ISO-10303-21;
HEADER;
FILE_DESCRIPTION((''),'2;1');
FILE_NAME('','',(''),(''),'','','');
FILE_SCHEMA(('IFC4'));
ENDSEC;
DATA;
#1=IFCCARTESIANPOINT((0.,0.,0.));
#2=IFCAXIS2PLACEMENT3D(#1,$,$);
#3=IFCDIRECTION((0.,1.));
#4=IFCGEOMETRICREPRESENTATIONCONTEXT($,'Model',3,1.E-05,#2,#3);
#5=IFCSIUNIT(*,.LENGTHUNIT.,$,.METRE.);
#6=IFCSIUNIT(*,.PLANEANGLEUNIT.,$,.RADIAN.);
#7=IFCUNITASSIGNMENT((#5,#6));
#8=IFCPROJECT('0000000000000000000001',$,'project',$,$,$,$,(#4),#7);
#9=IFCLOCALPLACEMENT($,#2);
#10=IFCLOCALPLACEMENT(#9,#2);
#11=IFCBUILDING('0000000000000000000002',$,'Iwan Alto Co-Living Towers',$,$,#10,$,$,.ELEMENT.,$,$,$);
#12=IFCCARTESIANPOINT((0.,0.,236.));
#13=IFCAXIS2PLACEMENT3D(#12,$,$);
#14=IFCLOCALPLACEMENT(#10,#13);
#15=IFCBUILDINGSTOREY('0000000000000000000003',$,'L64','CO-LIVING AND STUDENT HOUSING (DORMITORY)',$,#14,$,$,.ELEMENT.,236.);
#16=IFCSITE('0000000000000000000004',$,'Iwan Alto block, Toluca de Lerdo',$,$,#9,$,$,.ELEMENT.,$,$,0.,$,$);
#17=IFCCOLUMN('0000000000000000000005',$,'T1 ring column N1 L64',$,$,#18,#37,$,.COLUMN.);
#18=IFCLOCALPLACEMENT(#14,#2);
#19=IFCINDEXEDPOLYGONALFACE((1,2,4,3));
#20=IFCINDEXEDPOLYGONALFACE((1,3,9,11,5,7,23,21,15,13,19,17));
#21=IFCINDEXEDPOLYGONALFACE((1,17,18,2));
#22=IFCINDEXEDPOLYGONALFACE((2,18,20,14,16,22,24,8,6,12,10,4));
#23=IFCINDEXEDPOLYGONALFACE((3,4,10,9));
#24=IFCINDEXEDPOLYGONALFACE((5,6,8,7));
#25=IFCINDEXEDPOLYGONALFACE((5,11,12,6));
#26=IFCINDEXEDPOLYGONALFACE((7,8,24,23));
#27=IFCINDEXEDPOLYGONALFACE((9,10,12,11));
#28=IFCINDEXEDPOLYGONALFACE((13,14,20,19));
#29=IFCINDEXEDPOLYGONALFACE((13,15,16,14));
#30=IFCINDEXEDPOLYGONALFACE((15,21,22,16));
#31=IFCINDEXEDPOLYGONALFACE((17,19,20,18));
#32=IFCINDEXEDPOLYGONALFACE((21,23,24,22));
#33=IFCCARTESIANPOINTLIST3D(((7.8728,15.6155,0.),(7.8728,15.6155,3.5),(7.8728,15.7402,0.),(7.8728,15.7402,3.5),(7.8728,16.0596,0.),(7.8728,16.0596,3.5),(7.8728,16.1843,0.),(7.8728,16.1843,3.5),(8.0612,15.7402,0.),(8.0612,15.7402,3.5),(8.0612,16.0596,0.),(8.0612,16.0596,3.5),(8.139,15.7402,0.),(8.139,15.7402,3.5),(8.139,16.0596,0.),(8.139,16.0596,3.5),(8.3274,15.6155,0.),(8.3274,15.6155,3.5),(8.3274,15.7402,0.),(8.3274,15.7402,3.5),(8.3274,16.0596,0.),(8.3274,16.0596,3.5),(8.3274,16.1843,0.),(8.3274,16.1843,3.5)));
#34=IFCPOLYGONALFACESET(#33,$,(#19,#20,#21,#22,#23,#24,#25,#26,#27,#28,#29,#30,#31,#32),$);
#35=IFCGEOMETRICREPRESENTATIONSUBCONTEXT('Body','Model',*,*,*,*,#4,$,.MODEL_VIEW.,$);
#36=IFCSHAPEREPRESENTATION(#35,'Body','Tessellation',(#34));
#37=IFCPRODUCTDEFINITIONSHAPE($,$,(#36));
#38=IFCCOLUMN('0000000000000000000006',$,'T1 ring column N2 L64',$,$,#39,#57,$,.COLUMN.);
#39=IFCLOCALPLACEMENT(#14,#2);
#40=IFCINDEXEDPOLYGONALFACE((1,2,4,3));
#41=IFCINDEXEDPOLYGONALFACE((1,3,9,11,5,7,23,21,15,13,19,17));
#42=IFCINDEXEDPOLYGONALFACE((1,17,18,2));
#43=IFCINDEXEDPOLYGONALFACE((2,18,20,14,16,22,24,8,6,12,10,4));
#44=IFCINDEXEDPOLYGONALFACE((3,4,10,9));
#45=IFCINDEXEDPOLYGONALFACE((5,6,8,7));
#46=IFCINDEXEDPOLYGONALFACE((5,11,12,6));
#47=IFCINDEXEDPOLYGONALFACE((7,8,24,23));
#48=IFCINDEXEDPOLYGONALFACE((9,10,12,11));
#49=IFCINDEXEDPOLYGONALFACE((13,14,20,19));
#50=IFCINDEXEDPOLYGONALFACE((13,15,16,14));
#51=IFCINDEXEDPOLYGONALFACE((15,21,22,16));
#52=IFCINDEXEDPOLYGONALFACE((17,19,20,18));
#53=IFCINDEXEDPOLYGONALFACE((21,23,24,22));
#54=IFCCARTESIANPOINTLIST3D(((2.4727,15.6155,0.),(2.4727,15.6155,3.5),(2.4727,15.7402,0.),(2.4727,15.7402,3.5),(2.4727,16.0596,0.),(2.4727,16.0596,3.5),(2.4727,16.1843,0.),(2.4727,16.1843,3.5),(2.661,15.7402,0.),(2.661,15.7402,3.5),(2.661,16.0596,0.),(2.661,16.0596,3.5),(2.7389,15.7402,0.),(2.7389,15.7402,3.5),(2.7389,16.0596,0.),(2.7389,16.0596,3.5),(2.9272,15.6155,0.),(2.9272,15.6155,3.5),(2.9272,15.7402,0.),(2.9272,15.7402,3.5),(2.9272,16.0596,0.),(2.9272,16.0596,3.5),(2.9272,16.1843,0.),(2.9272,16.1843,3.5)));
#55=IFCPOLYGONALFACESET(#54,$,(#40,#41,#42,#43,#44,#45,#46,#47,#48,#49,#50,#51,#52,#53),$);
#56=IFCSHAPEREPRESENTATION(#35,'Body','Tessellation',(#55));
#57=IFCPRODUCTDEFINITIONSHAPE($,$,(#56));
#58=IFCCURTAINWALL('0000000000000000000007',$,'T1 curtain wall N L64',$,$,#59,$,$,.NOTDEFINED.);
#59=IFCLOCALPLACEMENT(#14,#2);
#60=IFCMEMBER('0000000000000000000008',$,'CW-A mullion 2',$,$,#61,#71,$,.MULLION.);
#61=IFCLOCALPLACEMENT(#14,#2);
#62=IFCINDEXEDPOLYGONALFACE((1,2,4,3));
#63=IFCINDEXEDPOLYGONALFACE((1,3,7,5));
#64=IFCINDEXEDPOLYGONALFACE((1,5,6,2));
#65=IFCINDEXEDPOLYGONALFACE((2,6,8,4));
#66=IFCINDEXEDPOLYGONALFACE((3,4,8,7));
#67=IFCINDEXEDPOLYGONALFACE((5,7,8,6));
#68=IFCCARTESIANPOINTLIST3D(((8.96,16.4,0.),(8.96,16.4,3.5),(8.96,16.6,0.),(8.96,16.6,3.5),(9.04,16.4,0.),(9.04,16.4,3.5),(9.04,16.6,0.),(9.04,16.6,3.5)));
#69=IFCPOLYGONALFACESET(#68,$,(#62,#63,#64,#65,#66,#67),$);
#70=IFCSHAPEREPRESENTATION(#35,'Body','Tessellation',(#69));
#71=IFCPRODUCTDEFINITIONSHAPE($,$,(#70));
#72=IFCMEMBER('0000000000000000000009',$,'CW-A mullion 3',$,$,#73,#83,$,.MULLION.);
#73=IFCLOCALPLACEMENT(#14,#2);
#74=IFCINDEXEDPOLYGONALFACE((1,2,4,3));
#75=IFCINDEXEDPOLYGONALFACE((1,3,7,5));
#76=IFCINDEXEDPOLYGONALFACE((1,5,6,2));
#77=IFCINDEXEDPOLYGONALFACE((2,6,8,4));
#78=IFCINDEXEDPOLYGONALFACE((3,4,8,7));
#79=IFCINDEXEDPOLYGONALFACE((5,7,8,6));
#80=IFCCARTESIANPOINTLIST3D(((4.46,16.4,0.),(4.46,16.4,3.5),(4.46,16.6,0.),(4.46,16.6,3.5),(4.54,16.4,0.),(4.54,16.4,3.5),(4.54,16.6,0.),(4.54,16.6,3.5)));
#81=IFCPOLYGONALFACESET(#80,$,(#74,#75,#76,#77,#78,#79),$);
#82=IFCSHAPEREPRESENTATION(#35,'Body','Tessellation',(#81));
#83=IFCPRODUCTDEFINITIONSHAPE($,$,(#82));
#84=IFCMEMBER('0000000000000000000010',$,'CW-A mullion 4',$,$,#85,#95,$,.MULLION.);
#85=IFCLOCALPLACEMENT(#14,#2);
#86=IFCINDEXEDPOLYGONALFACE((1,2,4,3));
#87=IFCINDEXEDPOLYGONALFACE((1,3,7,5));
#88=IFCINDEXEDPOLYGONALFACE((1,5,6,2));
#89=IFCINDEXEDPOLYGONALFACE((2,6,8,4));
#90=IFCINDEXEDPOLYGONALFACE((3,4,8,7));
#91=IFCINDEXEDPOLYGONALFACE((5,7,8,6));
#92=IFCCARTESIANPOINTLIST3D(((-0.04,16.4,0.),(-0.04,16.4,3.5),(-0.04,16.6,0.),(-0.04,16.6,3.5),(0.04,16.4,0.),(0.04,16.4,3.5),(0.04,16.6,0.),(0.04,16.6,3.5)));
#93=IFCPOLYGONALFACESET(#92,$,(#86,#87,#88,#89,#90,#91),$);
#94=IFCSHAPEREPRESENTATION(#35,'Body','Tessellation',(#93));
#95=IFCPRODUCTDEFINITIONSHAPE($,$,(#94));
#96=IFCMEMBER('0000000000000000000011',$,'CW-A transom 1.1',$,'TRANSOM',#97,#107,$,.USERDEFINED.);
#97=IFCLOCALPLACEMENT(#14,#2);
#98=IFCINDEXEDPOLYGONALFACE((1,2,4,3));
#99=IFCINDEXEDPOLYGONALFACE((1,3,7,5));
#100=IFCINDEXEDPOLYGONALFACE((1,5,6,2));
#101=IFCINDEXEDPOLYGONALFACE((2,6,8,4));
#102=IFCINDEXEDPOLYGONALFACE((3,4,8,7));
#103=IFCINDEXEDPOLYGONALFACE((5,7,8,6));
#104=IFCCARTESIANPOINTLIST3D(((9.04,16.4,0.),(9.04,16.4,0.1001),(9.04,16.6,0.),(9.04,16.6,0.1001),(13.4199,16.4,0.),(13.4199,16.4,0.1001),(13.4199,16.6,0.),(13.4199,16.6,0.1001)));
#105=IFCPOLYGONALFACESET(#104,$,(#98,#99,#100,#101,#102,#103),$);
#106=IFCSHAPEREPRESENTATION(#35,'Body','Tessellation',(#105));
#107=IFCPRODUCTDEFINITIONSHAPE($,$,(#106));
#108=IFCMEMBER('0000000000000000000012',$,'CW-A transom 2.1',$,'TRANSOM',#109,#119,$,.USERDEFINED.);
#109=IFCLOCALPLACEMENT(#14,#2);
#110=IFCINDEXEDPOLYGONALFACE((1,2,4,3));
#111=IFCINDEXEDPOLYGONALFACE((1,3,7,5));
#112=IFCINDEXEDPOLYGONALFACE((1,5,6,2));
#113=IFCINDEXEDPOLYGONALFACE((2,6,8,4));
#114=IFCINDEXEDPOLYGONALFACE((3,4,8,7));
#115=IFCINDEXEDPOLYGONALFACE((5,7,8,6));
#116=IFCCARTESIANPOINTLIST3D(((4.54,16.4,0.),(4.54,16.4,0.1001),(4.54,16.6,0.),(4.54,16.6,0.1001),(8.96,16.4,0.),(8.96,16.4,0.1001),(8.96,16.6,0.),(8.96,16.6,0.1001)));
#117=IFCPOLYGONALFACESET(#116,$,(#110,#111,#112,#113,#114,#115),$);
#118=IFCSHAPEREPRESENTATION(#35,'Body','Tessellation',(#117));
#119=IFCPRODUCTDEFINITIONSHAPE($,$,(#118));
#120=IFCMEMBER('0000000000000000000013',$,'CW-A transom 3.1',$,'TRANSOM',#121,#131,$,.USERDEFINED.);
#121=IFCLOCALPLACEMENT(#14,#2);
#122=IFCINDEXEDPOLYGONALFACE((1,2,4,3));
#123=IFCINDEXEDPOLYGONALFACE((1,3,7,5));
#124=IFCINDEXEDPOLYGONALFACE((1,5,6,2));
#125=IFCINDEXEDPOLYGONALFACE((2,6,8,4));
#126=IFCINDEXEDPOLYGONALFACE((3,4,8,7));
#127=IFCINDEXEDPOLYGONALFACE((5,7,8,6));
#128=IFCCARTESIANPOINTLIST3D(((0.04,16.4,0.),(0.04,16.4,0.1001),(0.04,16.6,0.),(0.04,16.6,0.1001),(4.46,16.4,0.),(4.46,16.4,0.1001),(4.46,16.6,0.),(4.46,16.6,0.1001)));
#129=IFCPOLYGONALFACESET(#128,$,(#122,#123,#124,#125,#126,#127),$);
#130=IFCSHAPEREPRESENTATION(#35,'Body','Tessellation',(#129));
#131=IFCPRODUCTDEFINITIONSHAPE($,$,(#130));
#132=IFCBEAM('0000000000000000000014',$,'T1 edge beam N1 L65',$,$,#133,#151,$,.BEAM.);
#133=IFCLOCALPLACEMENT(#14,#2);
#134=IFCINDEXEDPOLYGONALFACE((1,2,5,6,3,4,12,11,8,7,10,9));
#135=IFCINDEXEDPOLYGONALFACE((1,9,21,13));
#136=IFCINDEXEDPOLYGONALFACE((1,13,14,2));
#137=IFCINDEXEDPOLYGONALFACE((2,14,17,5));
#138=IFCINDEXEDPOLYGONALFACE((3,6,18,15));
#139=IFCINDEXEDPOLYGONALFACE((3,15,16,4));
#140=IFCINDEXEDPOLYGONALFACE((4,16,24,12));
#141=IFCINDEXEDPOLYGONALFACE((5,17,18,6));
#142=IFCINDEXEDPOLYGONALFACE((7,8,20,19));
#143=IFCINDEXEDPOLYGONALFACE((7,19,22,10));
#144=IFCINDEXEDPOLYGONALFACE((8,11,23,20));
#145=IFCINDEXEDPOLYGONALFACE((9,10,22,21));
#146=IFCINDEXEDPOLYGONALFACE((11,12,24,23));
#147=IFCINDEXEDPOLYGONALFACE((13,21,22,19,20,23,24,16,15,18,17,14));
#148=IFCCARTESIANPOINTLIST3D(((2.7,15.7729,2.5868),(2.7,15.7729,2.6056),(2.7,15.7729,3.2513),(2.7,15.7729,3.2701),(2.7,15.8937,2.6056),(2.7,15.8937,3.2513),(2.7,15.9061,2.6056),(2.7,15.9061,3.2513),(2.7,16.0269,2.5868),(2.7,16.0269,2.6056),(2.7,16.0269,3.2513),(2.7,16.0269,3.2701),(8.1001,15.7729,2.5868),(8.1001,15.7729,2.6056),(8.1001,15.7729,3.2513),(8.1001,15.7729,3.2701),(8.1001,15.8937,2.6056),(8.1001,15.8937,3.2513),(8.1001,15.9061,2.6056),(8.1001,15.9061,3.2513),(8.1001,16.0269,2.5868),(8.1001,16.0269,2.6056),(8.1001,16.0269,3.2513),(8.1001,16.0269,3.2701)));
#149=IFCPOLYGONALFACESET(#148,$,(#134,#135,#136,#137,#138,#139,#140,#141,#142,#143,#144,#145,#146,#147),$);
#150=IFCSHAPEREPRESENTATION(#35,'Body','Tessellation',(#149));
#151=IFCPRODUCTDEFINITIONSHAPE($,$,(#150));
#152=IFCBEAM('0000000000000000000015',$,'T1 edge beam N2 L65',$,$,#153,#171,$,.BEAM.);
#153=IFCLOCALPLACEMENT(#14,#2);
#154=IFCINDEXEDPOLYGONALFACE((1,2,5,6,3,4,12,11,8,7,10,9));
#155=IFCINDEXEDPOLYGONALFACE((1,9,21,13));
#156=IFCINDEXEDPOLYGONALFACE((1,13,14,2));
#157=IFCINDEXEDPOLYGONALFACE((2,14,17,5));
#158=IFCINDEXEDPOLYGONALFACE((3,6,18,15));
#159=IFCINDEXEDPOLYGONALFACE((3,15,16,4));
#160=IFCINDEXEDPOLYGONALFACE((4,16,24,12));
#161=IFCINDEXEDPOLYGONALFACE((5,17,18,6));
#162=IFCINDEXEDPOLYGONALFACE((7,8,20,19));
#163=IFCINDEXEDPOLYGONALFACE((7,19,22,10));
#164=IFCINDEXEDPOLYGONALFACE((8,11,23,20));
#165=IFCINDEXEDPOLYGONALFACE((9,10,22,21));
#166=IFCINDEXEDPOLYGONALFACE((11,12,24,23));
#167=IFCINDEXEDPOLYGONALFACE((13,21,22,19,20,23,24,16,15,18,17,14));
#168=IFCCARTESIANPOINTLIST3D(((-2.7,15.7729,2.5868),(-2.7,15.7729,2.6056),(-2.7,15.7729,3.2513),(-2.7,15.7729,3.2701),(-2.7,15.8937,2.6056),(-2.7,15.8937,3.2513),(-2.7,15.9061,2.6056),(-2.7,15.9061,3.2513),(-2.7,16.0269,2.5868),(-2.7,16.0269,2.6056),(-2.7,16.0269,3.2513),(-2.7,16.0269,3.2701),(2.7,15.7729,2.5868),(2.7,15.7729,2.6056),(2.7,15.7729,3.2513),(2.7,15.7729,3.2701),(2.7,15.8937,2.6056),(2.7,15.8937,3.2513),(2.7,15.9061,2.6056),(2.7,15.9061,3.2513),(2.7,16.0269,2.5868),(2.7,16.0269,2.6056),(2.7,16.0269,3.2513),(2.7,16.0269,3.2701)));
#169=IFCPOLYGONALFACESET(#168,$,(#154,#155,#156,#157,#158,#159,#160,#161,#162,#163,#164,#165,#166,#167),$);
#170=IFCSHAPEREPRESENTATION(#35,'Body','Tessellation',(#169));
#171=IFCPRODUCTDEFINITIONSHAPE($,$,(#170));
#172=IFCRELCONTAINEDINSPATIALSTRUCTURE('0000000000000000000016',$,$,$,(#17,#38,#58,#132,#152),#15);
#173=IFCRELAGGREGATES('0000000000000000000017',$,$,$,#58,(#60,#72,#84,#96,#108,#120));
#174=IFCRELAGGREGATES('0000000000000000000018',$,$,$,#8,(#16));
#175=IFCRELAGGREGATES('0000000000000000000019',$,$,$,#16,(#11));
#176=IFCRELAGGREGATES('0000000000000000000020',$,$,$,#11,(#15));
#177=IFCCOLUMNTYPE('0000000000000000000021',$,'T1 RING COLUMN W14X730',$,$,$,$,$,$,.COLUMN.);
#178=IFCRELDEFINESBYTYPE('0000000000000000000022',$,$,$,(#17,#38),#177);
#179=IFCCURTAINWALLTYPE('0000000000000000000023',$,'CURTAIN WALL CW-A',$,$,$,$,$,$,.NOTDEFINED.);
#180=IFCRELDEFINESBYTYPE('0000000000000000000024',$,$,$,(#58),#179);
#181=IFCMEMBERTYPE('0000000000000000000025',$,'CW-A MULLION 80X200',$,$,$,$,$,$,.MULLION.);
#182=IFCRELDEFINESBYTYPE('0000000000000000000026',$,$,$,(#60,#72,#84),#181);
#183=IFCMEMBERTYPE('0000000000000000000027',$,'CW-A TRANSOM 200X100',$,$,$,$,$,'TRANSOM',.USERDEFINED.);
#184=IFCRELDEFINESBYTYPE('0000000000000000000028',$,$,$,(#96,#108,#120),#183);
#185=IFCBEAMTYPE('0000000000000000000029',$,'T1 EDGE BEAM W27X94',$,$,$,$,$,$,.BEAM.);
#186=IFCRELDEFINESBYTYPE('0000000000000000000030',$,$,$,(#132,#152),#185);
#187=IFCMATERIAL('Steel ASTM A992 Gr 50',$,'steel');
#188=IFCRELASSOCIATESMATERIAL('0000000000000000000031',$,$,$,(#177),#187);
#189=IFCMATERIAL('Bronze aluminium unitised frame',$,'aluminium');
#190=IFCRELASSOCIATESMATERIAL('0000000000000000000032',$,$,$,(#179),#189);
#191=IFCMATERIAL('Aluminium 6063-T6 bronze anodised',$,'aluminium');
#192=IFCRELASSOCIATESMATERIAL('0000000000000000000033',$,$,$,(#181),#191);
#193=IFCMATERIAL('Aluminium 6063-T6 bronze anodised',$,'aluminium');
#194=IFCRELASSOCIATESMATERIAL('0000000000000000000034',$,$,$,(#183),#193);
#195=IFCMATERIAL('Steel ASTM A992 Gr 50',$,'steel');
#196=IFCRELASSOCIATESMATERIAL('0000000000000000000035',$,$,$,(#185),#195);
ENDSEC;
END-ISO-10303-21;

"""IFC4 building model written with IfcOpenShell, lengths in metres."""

from ifc_helpers import new_model, si_unit, direction, frame, origin, origin_2d, place, context, subcontext, project, spatial, rectangle, i_section, extrude, material, material_profile, profile_set, type_object, element, aggregate, save


model = new_model("IFC4")

# Units and contexts
model_context = context("Model", 3, precision=1e-05, world=origin(), true_north=direction((0.0, 1.0)))
body_context = subcontext(model_context, "Body", "Model", "MODEL_VIEW")
ifc_project = project(units=[si_unit("LENGTHUNIT", "METRE"), si_unit("PLANEANGLEUNIT", "RADIAN")], contexts=[model_context])

# Site, building, storey
site_placement = place(None, origin())
site = spatial("IfcSite", under=ifc_project, at=site_placement, Name="Iwan Alto block, Toluca de Lerdo", CompositionType="ELEMENT", RefElevation=0.0)
building_placement = place(site_placement, origin())
building = spatial("IfcBuilding", under=site, at=building_placement, Name="Iwan Alto Co-Living Towers", CompositionType="ELEMENT")
storey_placement = place(building_placement, frame((0.0, 0.0, 236.0)))
storey = spatial("IfcBuildingStorey", under=building, at=storey_placement, Name="L64", Description="CO-LIVING AND STUDENT HOUSING (DORMITORY)", CompositionType="ELEMENT", Elevation=236.0)

# Columns
ifc_material_1 = material(Name="Steel ASTM A992 Gr 50", Category="steel")
ifc_material_profile_1 = material_profile(ifc_material_1, i_section(OverallWidth=0.4546, OverallDepth=0.5688, WebThickness=0.0779, FlangeThickness=0.1248, at=origin_2d()), Name="W14X730")
ifc_profile_set_1 = profile_set([ifc_material_profile_1], Name="Steel ASTM A992 Gr 50")
column_type = type_object("IfcColumnType", Name="T1 RING COLUMN W14X730", PredefinedType="COLUMN", material=ifc_profile_set_1)
for number, where, z_axis, x_axis, name in (
    (1, (8.1001, 15.8999, 0.0), (0.0, 0.0, 1.0), (1.0, 0.0, 0.0), "T1 ring column N1 L64"),
    (2, (2.7, 15.8999, 0.0), (0.0, 0.0, 1.0), (1.0, 0.0, 0.0), "T1 ring column N2 L64"),
):
    element("IfcColumn", number, at=place(storey_placement, frame(where, z_axis=z_axis, x_axis=x_axis)), inside=storey, type_object=column_type, Name=name, PredefinedType="COLUMN", context=body_context, shape_type="SweptSolid", body=[
        extrude(i_section(OverallWidth=0.4546, OverallDepth=0.5688, WebThickness=0.0779, FlangeThickness=0.1248, at=origin_2d()), origin(), (0.0, 0.0, 1.0), 3.5),
    ])

# Curtain wall, members
ifc_material_2 = material(Name="Bronze aluminium unitised frame", Category="aluminium")
curtain_wall_type = type_object("IfcCurtainWallType", Name="CURTAIN WALL CW-A", PredefinedType="NOTDEFINED", material=ifc_material_2)
curtain_wall_placement = place(storey_placement, origin())
curtain_wall = element("IfcCurtainWall", 3, at=curtain_wall_placement, inside=storey, type_object=curtain_wall_type, Name="T1 curtain wall N L64", PredefinedType="NOTDEFINED")
ifc_material_3 = material(Name="Aluminium 6063-T6 bronze anodised", Category="aluminium")
ifc_material_profile_2 = material_profile(ifc_material_3, rectangle(XDim=0.2, YDim=0.0801, at=origin_2d()), Name="AL 80X200")
ifc_profile_set_2 = profile_set([ifc_material_profile_2], Name="Aluminium 6063-T6 bronze anodised")
member_type_1 = type_object("IfcMemberType", Name="CW-A MULLION 80X200", PredefinedType="MULLION", material=ifc_profile_set_2)
member_1_placement = place(storey_placement, frame((9.0, 16.5, 0.0), z_axis=(0.0, 0.0, 1.0), x_axis=(0.0, -1.0, 0.0)))
member_1 = element("IfcMember", 4, at=member_1_placement, type_object=member_type_1, Name="CW-A mullion 2", PredefinedType="MULLION", context=body_context, shape_type="SweptSolid", body=[
    extrude(rectangle(XDim=0.2, YDim=0.0801, at=origin_2d()), origin(), (0.0, 0.0, 1.0), 3.5),
])
member_2_placement = place(storey_placement, frame((4.5, 16.5, 0.0), z_axis=(0.0, 0.0, 1.0), x_axis=(0.0, -1.0, 0.0)))
member_2 = element("IfcMember", 5, at=member_2_placement, type_object=member_type_1, Name="CW-A mullion 3", PredefinedType="MULLION", context=body_context, shape_type="SweptSolid", body=[
    extrude(rectangle(XDim=0.2, YDim=0.0801, at=origin_2d()), origin(), (0.0, 0.0, 1.0), 3.5),
])
member_3_placement = place(storey_placement, frame((0.0, 16.5, 0.0), z_axis=(0.0, 0.0, 1.0), x_axis=(0.0, -1.0, 0.0)))
member_3 = element("IfcMember", 6, at=member_3_placement, type_object=member_type_1, Name="CW-A mullion 4", PredefinedType="MULLION", context=body_context, shape_type="SweptSolid", body=[
    extrude(rectangle(XDim=0.2, YDim=0.0801, at=origin_2d()), origin(), (0.0, 0.0, 1.0), 3.5),
])
ifc_material_4 = material(Name="Aluminium 6063-T6 bronze anodised", Category="aluminium")
ifc_material_profile_3 = material_profile(ifc_material_4, rectangle(XDim=0.2, YDim=0.1001, at=origin_2d()), Name="AL 200X100")
ifc_profile_set_3 = profile_set([ifc_material_profile_3], Name="Aluminium 6063-T6 bronze anodised")
member_type_2 = type_object("IfcMemberType", Name="CW-A TRANSOM 200X100", ElementType="TRANSOM", PredefinedType="USERDEFINED", material=ifc_profile_set_3)
member_4_placement = place(storey_placement, frame((13.4199, 16.5, 0.05), z_axis=(-1.0, 0.0, 0.0), x_axis=(0.0, -1.0, 0.0)))
member_4 = element("IfcMember", 7, at=member_4_placement, type_object=member_type_2, Name="CW-A transom 1.1", ObjectType="TRANSOM", PredefinedType="USERDEFINED", context=body_context, shape_type="SweptSolid", body=[
    extrude(rectangle(XDim=0.2, YDim=0.1001, at=origin_2d()), origin(), (0.0, 0.0, 1.0), 4.3799),
])
member_5_placement = place(storey_placement, frame((8.96, 16.5, 0.05), z_axis=(-1.0, 0.0, 0.0), x_axis=(0.0, -1.0, 0.0)))
member_5 = element("IfcMember", 8, at=member_5_placement, type_object=member_type_2, Name="CW-A transom 2.1", ObjectType="TRANSOM", PredefinedType="USERDEFINED", context=body_context, shape_type="SweptSolid", body=[
    extrude(rectangle(XDim=0.2, YDim=0.1001, at=origin_2d()), origin(), (0.0, 0.0, 1.0), 4.4199),
])
member_6_placement = place(storey_placement, frame((4.46, 16.5, 0.05), z_axis=(-1.0, 0.0, 0.0), x_axis=(0.0, -1.0, 0.0)))
member_6 = element("IfcMember", 9, at=member_6_placement, type_object=member_type_2, Name="CW-A transom 3.1", ObjectType="TRANSOM", PredefinedType="USERDEFINED", context=body_context, shape_type="SweptSolid", body=[
    extrude(rectangle(XDim=0.2, YDim=0.1001, at=origin_2d()), origin(), (0.0, 0.0, 1.0), 4.4199),
])

# Beams
ifc_material_5 = material(Name="Steel ASTM A992 Gr 50", Category="steel")
ifc_material_profile_4 = material_profile(ifc_material_5, i_section(OverallWidth=0.2539, OverallDepth=0.6833, WebThickness=0.0125, FlangeThickness=0.0188, at=origin_2d()), Name="W27X94")
ifc_profile_set_4 = profile_set([ifc_material_profile_4], Name="Steel ASTM A992 Gr 50")
beam_type_1 = type_object("IfcBeamType", Name="T1 EDGE BEAM W27X94", PredefinedType="BEAM", material=ifc_profile_set_4)
beam_1_placement = place(storey_placement, frame((8.1001, 15.8999, 2.9285), z_axis=(-1.0, 0.0, 0.0), x_axis=(0.0, -1.0, 0.0)))
element("IfcBeam", 10, at=beam_1_placement, inside=storey, type_object=beam_type_1, Name="T1 edge beam N1 L65", PredefinedType="BEAM", context=body_context, shape_type="SweptSolid", body=[
    extrude(i_section(OverallWidth=0.2539, OverallDepth=0.6833, WebThickness=0.0125, FlangeThickness=0.0188, at=origin_2d()), origin(), (0.0, 0.0, 1.0), 5.4001),
])
beam_2_placement = place(storey_placement, frame((2.7, 15.8999, 2.9285), z_axis=(-1.0, 0.0, 0.0), x_axis=(0.0, -1.0, 0.0)))
element("IfcBeam", 11, at=beam_2_placement, inside=storey, type_object=beam_type_1, Name="T1 edge beam N2 L65", PredefinedType="BEAM", context=body_context, shape_type="SweptSolid", body=[
    extrude(i_section(OverallWidth=0.2539, OverallDepth=0.6833, WebThickness=0.0125, FlangeThickness=0.0188, at=origin_2d()), origin(), (0.0, 0.0, 1.0), 5.3999),
])

aggregate(curtain_wall, [member_1, member_2, member_3, member_4, member_5, member_6])

save(model, "model.ifc")
